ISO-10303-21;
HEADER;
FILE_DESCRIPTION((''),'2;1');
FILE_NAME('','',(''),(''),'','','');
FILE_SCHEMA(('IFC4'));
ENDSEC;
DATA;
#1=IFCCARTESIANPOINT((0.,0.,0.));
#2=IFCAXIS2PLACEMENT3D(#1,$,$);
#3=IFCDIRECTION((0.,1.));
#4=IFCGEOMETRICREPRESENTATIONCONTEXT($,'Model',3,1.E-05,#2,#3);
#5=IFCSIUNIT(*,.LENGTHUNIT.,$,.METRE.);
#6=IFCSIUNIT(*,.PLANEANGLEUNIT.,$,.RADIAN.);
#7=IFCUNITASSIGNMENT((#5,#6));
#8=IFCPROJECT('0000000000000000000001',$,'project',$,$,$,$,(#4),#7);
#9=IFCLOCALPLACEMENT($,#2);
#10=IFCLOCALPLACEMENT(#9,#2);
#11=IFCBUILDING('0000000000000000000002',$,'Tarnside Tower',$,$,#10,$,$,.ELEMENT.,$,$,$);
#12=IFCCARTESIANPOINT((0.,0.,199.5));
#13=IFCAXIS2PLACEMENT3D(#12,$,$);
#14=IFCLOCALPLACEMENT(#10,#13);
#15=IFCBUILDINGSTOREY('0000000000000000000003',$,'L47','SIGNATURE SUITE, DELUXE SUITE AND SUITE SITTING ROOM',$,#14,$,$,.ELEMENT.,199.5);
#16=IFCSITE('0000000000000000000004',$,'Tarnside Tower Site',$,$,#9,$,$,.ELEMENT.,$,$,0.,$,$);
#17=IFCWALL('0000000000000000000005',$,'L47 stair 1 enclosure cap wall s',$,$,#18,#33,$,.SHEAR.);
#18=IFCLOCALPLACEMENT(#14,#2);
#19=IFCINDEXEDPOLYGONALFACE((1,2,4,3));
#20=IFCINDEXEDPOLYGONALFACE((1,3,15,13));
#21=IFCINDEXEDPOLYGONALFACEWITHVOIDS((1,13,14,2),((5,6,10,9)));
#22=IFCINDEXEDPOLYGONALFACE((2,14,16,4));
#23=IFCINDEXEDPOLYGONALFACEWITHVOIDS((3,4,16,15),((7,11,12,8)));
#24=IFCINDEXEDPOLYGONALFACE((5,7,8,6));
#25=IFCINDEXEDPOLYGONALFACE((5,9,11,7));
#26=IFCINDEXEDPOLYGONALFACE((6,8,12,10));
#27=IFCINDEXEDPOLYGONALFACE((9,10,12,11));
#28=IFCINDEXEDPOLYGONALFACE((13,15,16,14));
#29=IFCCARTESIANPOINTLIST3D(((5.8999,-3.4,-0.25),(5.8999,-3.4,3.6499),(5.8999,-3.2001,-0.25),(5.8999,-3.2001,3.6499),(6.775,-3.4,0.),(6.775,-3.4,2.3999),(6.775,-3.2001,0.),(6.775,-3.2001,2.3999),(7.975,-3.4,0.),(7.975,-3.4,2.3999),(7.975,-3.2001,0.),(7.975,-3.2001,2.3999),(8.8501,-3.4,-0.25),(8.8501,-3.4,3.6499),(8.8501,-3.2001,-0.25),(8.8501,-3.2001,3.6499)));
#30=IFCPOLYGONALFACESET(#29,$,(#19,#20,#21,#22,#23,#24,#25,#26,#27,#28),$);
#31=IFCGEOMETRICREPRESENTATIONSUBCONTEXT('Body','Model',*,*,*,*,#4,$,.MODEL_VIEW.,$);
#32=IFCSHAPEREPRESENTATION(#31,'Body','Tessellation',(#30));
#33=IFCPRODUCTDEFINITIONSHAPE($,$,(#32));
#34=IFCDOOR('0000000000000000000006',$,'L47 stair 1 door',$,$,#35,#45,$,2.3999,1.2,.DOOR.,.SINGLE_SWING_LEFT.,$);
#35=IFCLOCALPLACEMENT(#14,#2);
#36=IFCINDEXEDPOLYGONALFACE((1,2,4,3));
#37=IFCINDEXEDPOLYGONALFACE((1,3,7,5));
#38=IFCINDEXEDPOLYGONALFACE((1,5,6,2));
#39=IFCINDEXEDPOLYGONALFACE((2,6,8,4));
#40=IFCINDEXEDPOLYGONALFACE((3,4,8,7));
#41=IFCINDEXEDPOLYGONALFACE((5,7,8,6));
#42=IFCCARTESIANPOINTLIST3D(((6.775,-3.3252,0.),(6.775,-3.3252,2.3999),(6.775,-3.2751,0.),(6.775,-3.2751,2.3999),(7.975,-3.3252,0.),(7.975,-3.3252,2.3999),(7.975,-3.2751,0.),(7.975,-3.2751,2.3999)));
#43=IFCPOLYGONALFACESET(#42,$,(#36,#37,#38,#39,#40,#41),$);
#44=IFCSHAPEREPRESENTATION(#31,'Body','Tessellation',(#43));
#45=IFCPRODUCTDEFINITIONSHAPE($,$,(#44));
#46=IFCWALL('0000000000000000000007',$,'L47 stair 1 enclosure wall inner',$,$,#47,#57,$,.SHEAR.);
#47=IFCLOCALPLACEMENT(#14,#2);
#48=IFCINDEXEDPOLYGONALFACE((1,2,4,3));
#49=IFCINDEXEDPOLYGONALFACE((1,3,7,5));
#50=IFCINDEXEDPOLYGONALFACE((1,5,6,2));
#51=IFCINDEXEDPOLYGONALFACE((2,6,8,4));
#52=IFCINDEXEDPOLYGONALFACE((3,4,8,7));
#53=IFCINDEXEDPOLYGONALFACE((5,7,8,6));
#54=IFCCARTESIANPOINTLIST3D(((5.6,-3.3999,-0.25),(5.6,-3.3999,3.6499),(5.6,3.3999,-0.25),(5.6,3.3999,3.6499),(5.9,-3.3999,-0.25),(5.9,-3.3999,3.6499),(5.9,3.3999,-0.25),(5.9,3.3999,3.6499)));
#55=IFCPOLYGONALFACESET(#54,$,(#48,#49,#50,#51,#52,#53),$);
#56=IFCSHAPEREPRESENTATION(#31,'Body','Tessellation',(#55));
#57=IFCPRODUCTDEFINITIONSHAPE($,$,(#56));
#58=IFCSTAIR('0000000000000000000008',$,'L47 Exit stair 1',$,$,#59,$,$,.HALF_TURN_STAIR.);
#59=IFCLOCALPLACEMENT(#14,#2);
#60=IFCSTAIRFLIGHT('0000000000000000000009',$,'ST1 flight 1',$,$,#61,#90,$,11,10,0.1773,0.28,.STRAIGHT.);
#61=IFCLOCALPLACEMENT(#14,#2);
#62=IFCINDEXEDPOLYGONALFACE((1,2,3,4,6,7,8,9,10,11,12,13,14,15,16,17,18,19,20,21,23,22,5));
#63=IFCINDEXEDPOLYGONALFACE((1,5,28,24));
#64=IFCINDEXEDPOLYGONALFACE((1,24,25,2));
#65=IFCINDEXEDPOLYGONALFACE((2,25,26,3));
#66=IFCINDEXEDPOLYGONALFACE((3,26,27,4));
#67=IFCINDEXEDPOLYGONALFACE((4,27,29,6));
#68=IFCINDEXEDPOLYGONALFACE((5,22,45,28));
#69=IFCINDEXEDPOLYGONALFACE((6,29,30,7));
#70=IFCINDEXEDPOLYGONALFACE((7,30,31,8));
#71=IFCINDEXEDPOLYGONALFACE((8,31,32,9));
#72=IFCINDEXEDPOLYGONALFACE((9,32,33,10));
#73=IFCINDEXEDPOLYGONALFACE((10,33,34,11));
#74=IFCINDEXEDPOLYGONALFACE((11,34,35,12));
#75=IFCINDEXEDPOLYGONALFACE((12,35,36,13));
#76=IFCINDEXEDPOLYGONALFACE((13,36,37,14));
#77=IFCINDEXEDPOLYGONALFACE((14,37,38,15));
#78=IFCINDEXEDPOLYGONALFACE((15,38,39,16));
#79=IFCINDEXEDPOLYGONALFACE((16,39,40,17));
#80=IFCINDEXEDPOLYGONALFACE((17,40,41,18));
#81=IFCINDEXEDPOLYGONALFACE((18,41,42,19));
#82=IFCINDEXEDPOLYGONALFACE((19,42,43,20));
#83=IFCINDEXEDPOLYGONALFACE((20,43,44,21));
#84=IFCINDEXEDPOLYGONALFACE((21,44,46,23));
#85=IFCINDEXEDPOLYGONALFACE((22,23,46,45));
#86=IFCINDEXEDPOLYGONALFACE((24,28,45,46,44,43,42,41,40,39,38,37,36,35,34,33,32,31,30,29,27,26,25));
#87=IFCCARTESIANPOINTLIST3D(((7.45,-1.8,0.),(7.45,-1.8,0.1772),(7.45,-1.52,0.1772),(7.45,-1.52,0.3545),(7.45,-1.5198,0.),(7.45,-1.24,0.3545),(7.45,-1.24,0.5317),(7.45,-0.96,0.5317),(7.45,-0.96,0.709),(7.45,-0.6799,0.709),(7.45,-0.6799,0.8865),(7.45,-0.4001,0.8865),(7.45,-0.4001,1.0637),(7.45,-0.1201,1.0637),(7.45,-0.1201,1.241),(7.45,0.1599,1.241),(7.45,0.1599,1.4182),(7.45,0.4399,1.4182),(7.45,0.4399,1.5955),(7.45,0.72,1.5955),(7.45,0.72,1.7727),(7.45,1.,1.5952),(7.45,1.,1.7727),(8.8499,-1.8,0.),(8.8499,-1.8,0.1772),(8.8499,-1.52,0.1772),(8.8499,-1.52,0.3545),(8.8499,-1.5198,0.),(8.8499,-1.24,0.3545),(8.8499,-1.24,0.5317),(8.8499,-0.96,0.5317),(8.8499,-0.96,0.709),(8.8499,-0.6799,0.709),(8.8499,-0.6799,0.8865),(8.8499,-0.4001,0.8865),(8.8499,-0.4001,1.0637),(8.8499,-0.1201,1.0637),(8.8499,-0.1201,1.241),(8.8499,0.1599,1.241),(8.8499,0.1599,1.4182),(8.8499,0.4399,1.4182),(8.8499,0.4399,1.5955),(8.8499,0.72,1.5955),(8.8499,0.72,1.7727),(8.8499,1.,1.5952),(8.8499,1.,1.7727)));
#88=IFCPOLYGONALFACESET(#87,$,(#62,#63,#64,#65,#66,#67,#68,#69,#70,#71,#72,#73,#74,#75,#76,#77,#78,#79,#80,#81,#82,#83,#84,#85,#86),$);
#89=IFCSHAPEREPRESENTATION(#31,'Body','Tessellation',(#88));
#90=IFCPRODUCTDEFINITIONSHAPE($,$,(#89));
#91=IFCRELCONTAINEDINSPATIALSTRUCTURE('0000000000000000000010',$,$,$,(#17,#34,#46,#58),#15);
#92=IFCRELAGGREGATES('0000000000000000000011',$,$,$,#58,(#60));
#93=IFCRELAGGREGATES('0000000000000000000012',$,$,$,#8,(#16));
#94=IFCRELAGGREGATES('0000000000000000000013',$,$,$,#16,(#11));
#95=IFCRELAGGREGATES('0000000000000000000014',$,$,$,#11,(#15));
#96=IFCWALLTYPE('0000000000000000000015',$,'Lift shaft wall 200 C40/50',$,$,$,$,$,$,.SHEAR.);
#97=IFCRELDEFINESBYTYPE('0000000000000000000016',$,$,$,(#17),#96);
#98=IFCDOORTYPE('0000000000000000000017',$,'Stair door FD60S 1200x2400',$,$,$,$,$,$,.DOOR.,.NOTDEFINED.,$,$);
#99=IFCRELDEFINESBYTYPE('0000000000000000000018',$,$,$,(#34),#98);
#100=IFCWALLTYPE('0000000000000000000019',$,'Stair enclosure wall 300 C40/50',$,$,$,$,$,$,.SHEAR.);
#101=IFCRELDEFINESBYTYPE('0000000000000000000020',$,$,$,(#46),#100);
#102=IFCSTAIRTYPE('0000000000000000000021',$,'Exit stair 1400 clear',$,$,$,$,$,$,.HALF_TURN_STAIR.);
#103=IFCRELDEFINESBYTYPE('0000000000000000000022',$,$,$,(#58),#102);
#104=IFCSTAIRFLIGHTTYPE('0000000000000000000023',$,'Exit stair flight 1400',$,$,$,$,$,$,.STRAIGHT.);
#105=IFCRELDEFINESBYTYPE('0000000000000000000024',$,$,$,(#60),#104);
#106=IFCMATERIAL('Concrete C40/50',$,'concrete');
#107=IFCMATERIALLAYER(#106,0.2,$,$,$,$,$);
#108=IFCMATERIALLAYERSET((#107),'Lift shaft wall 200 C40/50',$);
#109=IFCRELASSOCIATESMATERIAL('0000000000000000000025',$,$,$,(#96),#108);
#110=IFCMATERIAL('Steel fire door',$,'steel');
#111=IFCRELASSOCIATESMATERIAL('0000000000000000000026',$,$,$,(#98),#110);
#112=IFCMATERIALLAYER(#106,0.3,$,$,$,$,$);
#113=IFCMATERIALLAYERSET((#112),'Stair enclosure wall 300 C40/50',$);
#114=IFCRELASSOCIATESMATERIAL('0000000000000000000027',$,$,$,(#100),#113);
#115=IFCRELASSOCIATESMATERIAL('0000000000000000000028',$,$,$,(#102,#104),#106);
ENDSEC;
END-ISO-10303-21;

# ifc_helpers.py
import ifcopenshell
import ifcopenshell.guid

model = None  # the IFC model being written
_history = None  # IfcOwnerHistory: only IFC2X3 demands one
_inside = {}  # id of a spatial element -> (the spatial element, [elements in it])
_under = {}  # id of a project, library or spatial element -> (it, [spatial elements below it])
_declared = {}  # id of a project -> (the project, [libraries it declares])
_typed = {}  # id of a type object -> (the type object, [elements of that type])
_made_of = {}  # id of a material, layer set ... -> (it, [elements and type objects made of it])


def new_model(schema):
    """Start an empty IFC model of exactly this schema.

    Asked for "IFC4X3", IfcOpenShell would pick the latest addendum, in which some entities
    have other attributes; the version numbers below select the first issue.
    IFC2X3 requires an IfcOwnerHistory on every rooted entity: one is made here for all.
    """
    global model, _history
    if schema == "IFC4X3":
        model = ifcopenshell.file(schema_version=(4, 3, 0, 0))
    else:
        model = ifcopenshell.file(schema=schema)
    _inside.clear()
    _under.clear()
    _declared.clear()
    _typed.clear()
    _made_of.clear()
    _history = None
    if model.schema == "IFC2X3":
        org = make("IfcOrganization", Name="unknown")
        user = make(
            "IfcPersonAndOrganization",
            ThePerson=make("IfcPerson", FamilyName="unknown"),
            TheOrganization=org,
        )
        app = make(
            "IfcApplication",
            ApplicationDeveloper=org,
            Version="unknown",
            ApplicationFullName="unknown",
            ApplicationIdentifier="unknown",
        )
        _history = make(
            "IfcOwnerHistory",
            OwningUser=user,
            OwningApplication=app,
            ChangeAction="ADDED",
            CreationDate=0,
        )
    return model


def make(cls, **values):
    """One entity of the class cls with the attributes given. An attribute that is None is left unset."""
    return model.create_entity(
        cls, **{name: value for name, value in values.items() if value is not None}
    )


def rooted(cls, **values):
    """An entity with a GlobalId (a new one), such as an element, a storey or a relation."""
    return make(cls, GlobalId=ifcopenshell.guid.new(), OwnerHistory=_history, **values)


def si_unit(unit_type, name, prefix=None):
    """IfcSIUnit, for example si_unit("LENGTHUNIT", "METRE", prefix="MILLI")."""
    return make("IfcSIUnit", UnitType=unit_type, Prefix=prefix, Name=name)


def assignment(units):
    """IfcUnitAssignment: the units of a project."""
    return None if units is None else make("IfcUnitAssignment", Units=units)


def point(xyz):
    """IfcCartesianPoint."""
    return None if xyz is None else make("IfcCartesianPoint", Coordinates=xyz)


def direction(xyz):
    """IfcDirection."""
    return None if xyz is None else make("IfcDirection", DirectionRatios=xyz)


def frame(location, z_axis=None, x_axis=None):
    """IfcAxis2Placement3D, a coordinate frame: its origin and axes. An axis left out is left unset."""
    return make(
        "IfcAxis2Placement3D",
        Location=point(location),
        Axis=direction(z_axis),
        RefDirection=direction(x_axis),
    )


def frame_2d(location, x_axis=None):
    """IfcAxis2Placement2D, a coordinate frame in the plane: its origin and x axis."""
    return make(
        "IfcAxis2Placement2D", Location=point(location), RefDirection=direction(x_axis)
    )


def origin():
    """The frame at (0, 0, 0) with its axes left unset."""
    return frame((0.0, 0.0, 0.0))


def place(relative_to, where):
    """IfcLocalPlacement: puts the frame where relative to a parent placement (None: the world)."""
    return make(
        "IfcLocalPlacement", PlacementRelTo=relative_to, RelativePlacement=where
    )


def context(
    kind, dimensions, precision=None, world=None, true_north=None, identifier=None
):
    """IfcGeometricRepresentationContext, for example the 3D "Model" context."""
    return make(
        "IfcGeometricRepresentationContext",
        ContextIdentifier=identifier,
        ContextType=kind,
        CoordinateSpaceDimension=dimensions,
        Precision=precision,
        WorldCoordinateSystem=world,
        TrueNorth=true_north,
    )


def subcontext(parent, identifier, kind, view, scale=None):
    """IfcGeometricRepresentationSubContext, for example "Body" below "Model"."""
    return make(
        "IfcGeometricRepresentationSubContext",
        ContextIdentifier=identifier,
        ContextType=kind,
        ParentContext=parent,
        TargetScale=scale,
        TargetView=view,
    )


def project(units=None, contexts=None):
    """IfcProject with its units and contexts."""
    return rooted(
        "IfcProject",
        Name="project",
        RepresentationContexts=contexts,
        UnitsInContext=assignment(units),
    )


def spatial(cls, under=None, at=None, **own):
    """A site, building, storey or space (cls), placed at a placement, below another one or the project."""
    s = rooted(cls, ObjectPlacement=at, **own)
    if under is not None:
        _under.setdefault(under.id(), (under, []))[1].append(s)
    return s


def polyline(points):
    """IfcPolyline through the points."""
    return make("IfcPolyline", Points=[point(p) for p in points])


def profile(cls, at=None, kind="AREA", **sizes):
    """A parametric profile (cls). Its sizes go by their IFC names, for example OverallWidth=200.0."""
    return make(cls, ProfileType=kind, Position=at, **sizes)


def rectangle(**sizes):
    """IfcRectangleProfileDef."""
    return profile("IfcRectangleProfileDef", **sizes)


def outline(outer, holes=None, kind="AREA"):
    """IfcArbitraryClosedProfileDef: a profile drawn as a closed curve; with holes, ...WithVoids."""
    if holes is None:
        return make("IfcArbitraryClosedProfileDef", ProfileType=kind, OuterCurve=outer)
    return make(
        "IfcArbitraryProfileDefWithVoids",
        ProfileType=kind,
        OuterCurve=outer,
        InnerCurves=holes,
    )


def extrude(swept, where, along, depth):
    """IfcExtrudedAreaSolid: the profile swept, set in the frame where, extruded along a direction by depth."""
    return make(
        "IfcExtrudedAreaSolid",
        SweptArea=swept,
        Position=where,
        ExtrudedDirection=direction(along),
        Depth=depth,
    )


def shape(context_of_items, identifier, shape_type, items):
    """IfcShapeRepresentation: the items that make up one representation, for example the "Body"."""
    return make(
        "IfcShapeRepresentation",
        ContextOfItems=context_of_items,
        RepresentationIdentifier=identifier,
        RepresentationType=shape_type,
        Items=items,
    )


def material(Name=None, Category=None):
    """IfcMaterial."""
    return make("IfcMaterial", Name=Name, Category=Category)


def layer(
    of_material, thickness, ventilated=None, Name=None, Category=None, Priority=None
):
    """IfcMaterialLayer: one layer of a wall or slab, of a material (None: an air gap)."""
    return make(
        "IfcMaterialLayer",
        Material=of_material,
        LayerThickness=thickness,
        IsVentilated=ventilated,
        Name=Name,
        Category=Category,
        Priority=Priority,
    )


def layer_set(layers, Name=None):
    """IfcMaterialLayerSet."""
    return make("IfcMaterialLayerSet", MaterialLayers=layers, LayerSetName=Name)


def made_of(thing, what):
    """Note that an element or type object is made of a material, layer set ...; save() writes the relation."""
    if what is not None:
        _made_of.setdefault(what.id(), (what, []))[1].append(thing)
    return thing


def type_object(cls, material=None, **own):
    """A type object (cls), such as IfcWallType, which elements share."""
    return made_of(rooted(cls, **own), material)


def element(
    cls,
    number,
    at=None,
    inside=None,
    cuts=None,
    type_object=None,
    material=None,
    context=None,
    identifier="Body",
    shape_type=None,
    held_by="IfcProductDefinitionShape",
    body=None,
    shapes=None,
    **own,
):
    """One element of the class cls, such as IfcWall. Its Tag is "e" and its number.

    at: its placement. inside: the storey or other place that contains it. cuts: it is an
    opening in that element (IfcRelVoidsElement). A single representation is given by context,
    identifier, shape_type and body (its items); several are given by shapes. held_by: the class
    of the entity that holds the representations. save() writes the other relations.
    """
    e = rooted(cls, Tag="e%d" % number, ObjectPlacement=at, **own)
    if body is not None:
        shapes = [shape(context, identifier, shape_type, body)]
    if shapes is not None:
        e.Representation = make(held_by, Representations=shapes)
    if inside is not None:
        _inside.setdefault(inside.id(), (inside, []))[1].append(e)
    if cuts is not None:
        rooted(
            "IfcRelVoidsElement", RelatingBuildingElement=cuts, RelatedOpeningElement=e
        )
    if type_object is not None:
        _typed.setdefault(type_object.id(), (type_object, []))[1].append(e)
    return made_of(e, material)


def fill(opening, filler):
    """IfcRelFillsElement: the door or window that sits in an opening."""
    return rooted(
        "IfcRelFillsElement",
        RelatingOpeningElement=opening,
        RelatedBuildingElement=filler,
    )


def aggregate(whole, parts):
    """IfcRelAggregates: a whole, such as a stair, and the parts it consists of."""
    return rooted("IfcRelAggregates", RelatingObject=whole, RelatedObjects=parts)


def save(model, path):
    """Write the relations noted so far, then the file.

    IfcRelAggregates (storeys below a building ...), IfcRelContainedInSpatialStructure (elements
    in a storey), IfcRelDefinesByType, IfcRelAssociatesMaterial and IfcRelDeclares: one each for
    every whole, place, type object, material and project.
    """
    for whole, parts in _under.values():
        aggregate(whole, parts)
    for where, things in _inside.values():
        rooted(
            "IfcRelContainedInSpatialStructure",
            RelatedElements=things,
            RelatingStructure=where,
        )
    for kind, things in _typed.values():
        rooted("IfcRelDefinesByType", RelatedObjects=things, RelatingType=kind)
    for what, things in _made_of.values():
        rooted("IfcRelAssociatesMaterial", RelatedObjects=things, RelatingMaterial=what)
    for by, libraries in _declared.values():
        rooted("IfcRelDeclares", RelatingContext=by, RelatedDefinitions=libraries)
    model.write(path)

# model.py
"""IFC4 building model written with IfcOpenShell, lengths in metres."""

from ifc_helpers import new_model, si_unit, direction, frame, frame_2d, origin, place, context, subcontext, project, spatial, polyline, rectangle, outline, extrude, material, layer, layer_set, type_object, element, fill, aggregate, save


model = new_model("IFC4")

# Units and contexts
model_context = context("Model", 3, precision=1e-05, world=origin(), true_north=direction((0.0, 1.0)))
body_context = subcontext(model_context, "Body", "Model", "MODEL_VIEW")
ifc_project = project(units=[si_unit("LENGTHUNIT", "METRE"), si_unit("PLANEANGLEUNIT", "RADIAN")], contexts=[model_context])

# Site, building, storey
site_placement = place(None, origin())
site = spatial("IfcSite", under=ifc_project, at=site_placement, Name="Tarnside Tower Site", CompositionType="ELEMENT", RefElevation=0.0)
building_placement = place(site_placement, origin())
building = spatial("IfcBuilding", under=site, at=building_placement, Name="Tarnside Tower", CompositionType="ELEMENT")
storey_placement = place(building_placement, frame((0.0, 0.0, 199.5)))
storey = spatial("IfcBuildingStorey", under=building, at=storey_placement, Name="L47", Description="SIGNATURE SUITE, DELUXE SUITE AND SUITE SITTING ROOM", CompositionType="ELEMENT", Elevation=199.5)

# Shared definitions
ifc_material_1 = material(Name="Concrete C40/50", Category="concrete")

# Shared definitions
ifc_material_2 = material(Name="Steel fire door", Category="steel")

# Wall, opening, door
ifc_layer_1 = layer(ifc_material_1, 0.2)
ifc_layer_set_1 = layer_set([ifc_layer_1], Name="Lift shaft wall 200 C40/50")
wall_type_1 = type_object("IfcWallType", Name="Lift shaft wall 200 C40/50", PredefinedType="SHEAR", material=ifc_layer_set_1)
wall_1_placement = place(storey_placement, frame((5.8999, -3.3, -0.25), z_axis=(0.0, 0.0, 1.0), x_axis=(1.0, 0.0, 0.0)))
wall_1 = element("IfcWall", 1, at=wall_1_placement, inside=storey, type_object=wall_type_1, Name="L47 stair 1 enclosure cap wall s", PredefinedType="SHEAR", context=body_context, shape_type="SweptSolid", body=[
    extrude(rectangle(XDim=2.9502, YDim=0.2, at=frame_2d((1.4751, 0.0))), origin(), (0.0, 0.0, 1.0), 3.8999),
])
opening_1_placement = place(wall_1_placement, frame((0.875, 0.0, 0.25)))
opening_1 = element("IfcOpeningElement", 2, at=opening_1_placement, cuts=wall_1, PredefinedType="OPENING", context=body_context, shape_type="SweptSolid", body=[
    extrude(rectangle(XDim=1.2, YDim=2.3999, at=frame_2d((0.6001, 1.2))), frame((0.0, 0.1099, 0.0), z_axis=(0.0, -1.0, 0.0), x_axis=(1.0, 0.0, 0.0)), (0.0, 0.0, 1.0), 0.22),
])
door_type_1 = type_object("IfcDoorType", Name="Stair door FD60S 1200x2400", OperationType="NOTDEFINED", PredefinedType="DOOR", material=ifc_material_2)
door_1_placement = place(opening_1_placement, origin())
door_1 = element("IfcDoor", 3, at=door_1_placement, inside=storey, type_object=door_type_1, Name="L47 stair 1 door", OperationType="SINGLE_SWING_LEFT", OverallHeight=2.3999, OverallWidth=1.2, PredefinedType="DOOR", context=body_context, shape_type="SweptSolid", body=[
    extrude(rectangle(XDim=1.2, YDim=2.3999, at=frame_2d((0.6001, 1.2))), frame((0.0, 0.0249, 0.0), z_axis=(0.0, -1.0, 0.0), x_axis=(1.0, 0.0, 0.0)), (0.0, 0.0, 1.0), 0.05),
])
fill(opening_1, door_1)

# Wall
ifc_layer_2 = layer(ifc_material_1, 0.3)
ifc_layer_set_2 = layer_set([ifc_layer_2], Name="Stair enclosure wall 300 C40/50")
wall_type_2 = type_object("IfcWallType", Name="Stair enclosure wall 300 C40/50", PredefinedType="SHEAR", material=ifc_layer_set_2)
wall_2_placement = place(storey_placement, frame((5.75, -3.3999, -0.25), z_axis=(0.0, 0.0, 1.0), x_axis=(0.0, 1.0, 0.0)))
element("IfcWall", 4, at=wall_2_placement, inside=storey, type_object=wall_type_2, Name="L47 stair 1 enclosure wall inner", PredefinedType="SHEAR", context=body_context, shape_type="SweptSolid", body=[
    extrude(rectangle(XDim=6.7998, YDim=0.3, at=frame_2d((3.3999, 0.0))), origin(), (0.0, 0.0, 1.0), 3.8999),
])

# Stair, stair flight
stair_type = type_object("IfcStairType", Name="Exit stair 1400 clear", PredefinedType="HALF_TURN_STAIR", material=ifc_material_1)
stair_placement = place(storey_placement, origin())
stair = element("IfcStair", 5, at=stair_placement, inside=storey, type_object=stair_type, Name="L47 Exit stair 1", PredefinedType="HALF_TURN_STAIR")
stair_flight_type = type_object("IfcStairFlightType", Name="Exit stair flight 1400", PredefinedType="STRAIGHT", material=ifc_material_1)
stair_flight_placement = place(storey_placement, frame((8.1499, -1.8, 0.0), z_axis=(0.0, 0.0, 1.0), x_axis=(0.0, 1.0, 0.0)))
stair_flight = element("IfcStairFlight", 6, at=stair_flight_placement, type_object=stair_flight_type, Name="ST1 flight 1", NumberOfRisers=11, NumberOfTreads=10, PredefinedType="STRAIGHT", RiserHeight=0.1773, TreadLength=0.28, context=body_context, shape_type="SweptSolid", body=[
    extrude(outline(polyline([(0.0, 0.0), (0.0, 0.1772), (0.28, 0.1772), (0.28, 0.3545), (0.5601, 0.3545), (0.5601, 0.5317), (0.8401, 0.5317), (0.8401, 0.709), (1.1201, 0.709), (1.1201, 0.8865), (1.3999, 0.8865), (1.3999, 1.0637), (1.6799, 1.0637), (1.6799, 1.241), (1.96, 1.241), (1.96, 1.4182), (2.24, 1.4182), (2.24, 1.5955), (2.52, 1.5955), (2.52, 1.7727), (2.8, 1.7727), (2.8, 1.95), (2.8, 1.5952), (0.2803, 0.0), (0.0, 0.0)])), frame((0.0, 0.7, 0.0), z_axis=(0.0, -1.0, 0.0), x_axis=(1.0, 0.0, 0.0)), (0.0, 0.0, 1.0), 1.3999),
])
aggregate(stair, [stair_flight])

save(model, "model.ifc")
